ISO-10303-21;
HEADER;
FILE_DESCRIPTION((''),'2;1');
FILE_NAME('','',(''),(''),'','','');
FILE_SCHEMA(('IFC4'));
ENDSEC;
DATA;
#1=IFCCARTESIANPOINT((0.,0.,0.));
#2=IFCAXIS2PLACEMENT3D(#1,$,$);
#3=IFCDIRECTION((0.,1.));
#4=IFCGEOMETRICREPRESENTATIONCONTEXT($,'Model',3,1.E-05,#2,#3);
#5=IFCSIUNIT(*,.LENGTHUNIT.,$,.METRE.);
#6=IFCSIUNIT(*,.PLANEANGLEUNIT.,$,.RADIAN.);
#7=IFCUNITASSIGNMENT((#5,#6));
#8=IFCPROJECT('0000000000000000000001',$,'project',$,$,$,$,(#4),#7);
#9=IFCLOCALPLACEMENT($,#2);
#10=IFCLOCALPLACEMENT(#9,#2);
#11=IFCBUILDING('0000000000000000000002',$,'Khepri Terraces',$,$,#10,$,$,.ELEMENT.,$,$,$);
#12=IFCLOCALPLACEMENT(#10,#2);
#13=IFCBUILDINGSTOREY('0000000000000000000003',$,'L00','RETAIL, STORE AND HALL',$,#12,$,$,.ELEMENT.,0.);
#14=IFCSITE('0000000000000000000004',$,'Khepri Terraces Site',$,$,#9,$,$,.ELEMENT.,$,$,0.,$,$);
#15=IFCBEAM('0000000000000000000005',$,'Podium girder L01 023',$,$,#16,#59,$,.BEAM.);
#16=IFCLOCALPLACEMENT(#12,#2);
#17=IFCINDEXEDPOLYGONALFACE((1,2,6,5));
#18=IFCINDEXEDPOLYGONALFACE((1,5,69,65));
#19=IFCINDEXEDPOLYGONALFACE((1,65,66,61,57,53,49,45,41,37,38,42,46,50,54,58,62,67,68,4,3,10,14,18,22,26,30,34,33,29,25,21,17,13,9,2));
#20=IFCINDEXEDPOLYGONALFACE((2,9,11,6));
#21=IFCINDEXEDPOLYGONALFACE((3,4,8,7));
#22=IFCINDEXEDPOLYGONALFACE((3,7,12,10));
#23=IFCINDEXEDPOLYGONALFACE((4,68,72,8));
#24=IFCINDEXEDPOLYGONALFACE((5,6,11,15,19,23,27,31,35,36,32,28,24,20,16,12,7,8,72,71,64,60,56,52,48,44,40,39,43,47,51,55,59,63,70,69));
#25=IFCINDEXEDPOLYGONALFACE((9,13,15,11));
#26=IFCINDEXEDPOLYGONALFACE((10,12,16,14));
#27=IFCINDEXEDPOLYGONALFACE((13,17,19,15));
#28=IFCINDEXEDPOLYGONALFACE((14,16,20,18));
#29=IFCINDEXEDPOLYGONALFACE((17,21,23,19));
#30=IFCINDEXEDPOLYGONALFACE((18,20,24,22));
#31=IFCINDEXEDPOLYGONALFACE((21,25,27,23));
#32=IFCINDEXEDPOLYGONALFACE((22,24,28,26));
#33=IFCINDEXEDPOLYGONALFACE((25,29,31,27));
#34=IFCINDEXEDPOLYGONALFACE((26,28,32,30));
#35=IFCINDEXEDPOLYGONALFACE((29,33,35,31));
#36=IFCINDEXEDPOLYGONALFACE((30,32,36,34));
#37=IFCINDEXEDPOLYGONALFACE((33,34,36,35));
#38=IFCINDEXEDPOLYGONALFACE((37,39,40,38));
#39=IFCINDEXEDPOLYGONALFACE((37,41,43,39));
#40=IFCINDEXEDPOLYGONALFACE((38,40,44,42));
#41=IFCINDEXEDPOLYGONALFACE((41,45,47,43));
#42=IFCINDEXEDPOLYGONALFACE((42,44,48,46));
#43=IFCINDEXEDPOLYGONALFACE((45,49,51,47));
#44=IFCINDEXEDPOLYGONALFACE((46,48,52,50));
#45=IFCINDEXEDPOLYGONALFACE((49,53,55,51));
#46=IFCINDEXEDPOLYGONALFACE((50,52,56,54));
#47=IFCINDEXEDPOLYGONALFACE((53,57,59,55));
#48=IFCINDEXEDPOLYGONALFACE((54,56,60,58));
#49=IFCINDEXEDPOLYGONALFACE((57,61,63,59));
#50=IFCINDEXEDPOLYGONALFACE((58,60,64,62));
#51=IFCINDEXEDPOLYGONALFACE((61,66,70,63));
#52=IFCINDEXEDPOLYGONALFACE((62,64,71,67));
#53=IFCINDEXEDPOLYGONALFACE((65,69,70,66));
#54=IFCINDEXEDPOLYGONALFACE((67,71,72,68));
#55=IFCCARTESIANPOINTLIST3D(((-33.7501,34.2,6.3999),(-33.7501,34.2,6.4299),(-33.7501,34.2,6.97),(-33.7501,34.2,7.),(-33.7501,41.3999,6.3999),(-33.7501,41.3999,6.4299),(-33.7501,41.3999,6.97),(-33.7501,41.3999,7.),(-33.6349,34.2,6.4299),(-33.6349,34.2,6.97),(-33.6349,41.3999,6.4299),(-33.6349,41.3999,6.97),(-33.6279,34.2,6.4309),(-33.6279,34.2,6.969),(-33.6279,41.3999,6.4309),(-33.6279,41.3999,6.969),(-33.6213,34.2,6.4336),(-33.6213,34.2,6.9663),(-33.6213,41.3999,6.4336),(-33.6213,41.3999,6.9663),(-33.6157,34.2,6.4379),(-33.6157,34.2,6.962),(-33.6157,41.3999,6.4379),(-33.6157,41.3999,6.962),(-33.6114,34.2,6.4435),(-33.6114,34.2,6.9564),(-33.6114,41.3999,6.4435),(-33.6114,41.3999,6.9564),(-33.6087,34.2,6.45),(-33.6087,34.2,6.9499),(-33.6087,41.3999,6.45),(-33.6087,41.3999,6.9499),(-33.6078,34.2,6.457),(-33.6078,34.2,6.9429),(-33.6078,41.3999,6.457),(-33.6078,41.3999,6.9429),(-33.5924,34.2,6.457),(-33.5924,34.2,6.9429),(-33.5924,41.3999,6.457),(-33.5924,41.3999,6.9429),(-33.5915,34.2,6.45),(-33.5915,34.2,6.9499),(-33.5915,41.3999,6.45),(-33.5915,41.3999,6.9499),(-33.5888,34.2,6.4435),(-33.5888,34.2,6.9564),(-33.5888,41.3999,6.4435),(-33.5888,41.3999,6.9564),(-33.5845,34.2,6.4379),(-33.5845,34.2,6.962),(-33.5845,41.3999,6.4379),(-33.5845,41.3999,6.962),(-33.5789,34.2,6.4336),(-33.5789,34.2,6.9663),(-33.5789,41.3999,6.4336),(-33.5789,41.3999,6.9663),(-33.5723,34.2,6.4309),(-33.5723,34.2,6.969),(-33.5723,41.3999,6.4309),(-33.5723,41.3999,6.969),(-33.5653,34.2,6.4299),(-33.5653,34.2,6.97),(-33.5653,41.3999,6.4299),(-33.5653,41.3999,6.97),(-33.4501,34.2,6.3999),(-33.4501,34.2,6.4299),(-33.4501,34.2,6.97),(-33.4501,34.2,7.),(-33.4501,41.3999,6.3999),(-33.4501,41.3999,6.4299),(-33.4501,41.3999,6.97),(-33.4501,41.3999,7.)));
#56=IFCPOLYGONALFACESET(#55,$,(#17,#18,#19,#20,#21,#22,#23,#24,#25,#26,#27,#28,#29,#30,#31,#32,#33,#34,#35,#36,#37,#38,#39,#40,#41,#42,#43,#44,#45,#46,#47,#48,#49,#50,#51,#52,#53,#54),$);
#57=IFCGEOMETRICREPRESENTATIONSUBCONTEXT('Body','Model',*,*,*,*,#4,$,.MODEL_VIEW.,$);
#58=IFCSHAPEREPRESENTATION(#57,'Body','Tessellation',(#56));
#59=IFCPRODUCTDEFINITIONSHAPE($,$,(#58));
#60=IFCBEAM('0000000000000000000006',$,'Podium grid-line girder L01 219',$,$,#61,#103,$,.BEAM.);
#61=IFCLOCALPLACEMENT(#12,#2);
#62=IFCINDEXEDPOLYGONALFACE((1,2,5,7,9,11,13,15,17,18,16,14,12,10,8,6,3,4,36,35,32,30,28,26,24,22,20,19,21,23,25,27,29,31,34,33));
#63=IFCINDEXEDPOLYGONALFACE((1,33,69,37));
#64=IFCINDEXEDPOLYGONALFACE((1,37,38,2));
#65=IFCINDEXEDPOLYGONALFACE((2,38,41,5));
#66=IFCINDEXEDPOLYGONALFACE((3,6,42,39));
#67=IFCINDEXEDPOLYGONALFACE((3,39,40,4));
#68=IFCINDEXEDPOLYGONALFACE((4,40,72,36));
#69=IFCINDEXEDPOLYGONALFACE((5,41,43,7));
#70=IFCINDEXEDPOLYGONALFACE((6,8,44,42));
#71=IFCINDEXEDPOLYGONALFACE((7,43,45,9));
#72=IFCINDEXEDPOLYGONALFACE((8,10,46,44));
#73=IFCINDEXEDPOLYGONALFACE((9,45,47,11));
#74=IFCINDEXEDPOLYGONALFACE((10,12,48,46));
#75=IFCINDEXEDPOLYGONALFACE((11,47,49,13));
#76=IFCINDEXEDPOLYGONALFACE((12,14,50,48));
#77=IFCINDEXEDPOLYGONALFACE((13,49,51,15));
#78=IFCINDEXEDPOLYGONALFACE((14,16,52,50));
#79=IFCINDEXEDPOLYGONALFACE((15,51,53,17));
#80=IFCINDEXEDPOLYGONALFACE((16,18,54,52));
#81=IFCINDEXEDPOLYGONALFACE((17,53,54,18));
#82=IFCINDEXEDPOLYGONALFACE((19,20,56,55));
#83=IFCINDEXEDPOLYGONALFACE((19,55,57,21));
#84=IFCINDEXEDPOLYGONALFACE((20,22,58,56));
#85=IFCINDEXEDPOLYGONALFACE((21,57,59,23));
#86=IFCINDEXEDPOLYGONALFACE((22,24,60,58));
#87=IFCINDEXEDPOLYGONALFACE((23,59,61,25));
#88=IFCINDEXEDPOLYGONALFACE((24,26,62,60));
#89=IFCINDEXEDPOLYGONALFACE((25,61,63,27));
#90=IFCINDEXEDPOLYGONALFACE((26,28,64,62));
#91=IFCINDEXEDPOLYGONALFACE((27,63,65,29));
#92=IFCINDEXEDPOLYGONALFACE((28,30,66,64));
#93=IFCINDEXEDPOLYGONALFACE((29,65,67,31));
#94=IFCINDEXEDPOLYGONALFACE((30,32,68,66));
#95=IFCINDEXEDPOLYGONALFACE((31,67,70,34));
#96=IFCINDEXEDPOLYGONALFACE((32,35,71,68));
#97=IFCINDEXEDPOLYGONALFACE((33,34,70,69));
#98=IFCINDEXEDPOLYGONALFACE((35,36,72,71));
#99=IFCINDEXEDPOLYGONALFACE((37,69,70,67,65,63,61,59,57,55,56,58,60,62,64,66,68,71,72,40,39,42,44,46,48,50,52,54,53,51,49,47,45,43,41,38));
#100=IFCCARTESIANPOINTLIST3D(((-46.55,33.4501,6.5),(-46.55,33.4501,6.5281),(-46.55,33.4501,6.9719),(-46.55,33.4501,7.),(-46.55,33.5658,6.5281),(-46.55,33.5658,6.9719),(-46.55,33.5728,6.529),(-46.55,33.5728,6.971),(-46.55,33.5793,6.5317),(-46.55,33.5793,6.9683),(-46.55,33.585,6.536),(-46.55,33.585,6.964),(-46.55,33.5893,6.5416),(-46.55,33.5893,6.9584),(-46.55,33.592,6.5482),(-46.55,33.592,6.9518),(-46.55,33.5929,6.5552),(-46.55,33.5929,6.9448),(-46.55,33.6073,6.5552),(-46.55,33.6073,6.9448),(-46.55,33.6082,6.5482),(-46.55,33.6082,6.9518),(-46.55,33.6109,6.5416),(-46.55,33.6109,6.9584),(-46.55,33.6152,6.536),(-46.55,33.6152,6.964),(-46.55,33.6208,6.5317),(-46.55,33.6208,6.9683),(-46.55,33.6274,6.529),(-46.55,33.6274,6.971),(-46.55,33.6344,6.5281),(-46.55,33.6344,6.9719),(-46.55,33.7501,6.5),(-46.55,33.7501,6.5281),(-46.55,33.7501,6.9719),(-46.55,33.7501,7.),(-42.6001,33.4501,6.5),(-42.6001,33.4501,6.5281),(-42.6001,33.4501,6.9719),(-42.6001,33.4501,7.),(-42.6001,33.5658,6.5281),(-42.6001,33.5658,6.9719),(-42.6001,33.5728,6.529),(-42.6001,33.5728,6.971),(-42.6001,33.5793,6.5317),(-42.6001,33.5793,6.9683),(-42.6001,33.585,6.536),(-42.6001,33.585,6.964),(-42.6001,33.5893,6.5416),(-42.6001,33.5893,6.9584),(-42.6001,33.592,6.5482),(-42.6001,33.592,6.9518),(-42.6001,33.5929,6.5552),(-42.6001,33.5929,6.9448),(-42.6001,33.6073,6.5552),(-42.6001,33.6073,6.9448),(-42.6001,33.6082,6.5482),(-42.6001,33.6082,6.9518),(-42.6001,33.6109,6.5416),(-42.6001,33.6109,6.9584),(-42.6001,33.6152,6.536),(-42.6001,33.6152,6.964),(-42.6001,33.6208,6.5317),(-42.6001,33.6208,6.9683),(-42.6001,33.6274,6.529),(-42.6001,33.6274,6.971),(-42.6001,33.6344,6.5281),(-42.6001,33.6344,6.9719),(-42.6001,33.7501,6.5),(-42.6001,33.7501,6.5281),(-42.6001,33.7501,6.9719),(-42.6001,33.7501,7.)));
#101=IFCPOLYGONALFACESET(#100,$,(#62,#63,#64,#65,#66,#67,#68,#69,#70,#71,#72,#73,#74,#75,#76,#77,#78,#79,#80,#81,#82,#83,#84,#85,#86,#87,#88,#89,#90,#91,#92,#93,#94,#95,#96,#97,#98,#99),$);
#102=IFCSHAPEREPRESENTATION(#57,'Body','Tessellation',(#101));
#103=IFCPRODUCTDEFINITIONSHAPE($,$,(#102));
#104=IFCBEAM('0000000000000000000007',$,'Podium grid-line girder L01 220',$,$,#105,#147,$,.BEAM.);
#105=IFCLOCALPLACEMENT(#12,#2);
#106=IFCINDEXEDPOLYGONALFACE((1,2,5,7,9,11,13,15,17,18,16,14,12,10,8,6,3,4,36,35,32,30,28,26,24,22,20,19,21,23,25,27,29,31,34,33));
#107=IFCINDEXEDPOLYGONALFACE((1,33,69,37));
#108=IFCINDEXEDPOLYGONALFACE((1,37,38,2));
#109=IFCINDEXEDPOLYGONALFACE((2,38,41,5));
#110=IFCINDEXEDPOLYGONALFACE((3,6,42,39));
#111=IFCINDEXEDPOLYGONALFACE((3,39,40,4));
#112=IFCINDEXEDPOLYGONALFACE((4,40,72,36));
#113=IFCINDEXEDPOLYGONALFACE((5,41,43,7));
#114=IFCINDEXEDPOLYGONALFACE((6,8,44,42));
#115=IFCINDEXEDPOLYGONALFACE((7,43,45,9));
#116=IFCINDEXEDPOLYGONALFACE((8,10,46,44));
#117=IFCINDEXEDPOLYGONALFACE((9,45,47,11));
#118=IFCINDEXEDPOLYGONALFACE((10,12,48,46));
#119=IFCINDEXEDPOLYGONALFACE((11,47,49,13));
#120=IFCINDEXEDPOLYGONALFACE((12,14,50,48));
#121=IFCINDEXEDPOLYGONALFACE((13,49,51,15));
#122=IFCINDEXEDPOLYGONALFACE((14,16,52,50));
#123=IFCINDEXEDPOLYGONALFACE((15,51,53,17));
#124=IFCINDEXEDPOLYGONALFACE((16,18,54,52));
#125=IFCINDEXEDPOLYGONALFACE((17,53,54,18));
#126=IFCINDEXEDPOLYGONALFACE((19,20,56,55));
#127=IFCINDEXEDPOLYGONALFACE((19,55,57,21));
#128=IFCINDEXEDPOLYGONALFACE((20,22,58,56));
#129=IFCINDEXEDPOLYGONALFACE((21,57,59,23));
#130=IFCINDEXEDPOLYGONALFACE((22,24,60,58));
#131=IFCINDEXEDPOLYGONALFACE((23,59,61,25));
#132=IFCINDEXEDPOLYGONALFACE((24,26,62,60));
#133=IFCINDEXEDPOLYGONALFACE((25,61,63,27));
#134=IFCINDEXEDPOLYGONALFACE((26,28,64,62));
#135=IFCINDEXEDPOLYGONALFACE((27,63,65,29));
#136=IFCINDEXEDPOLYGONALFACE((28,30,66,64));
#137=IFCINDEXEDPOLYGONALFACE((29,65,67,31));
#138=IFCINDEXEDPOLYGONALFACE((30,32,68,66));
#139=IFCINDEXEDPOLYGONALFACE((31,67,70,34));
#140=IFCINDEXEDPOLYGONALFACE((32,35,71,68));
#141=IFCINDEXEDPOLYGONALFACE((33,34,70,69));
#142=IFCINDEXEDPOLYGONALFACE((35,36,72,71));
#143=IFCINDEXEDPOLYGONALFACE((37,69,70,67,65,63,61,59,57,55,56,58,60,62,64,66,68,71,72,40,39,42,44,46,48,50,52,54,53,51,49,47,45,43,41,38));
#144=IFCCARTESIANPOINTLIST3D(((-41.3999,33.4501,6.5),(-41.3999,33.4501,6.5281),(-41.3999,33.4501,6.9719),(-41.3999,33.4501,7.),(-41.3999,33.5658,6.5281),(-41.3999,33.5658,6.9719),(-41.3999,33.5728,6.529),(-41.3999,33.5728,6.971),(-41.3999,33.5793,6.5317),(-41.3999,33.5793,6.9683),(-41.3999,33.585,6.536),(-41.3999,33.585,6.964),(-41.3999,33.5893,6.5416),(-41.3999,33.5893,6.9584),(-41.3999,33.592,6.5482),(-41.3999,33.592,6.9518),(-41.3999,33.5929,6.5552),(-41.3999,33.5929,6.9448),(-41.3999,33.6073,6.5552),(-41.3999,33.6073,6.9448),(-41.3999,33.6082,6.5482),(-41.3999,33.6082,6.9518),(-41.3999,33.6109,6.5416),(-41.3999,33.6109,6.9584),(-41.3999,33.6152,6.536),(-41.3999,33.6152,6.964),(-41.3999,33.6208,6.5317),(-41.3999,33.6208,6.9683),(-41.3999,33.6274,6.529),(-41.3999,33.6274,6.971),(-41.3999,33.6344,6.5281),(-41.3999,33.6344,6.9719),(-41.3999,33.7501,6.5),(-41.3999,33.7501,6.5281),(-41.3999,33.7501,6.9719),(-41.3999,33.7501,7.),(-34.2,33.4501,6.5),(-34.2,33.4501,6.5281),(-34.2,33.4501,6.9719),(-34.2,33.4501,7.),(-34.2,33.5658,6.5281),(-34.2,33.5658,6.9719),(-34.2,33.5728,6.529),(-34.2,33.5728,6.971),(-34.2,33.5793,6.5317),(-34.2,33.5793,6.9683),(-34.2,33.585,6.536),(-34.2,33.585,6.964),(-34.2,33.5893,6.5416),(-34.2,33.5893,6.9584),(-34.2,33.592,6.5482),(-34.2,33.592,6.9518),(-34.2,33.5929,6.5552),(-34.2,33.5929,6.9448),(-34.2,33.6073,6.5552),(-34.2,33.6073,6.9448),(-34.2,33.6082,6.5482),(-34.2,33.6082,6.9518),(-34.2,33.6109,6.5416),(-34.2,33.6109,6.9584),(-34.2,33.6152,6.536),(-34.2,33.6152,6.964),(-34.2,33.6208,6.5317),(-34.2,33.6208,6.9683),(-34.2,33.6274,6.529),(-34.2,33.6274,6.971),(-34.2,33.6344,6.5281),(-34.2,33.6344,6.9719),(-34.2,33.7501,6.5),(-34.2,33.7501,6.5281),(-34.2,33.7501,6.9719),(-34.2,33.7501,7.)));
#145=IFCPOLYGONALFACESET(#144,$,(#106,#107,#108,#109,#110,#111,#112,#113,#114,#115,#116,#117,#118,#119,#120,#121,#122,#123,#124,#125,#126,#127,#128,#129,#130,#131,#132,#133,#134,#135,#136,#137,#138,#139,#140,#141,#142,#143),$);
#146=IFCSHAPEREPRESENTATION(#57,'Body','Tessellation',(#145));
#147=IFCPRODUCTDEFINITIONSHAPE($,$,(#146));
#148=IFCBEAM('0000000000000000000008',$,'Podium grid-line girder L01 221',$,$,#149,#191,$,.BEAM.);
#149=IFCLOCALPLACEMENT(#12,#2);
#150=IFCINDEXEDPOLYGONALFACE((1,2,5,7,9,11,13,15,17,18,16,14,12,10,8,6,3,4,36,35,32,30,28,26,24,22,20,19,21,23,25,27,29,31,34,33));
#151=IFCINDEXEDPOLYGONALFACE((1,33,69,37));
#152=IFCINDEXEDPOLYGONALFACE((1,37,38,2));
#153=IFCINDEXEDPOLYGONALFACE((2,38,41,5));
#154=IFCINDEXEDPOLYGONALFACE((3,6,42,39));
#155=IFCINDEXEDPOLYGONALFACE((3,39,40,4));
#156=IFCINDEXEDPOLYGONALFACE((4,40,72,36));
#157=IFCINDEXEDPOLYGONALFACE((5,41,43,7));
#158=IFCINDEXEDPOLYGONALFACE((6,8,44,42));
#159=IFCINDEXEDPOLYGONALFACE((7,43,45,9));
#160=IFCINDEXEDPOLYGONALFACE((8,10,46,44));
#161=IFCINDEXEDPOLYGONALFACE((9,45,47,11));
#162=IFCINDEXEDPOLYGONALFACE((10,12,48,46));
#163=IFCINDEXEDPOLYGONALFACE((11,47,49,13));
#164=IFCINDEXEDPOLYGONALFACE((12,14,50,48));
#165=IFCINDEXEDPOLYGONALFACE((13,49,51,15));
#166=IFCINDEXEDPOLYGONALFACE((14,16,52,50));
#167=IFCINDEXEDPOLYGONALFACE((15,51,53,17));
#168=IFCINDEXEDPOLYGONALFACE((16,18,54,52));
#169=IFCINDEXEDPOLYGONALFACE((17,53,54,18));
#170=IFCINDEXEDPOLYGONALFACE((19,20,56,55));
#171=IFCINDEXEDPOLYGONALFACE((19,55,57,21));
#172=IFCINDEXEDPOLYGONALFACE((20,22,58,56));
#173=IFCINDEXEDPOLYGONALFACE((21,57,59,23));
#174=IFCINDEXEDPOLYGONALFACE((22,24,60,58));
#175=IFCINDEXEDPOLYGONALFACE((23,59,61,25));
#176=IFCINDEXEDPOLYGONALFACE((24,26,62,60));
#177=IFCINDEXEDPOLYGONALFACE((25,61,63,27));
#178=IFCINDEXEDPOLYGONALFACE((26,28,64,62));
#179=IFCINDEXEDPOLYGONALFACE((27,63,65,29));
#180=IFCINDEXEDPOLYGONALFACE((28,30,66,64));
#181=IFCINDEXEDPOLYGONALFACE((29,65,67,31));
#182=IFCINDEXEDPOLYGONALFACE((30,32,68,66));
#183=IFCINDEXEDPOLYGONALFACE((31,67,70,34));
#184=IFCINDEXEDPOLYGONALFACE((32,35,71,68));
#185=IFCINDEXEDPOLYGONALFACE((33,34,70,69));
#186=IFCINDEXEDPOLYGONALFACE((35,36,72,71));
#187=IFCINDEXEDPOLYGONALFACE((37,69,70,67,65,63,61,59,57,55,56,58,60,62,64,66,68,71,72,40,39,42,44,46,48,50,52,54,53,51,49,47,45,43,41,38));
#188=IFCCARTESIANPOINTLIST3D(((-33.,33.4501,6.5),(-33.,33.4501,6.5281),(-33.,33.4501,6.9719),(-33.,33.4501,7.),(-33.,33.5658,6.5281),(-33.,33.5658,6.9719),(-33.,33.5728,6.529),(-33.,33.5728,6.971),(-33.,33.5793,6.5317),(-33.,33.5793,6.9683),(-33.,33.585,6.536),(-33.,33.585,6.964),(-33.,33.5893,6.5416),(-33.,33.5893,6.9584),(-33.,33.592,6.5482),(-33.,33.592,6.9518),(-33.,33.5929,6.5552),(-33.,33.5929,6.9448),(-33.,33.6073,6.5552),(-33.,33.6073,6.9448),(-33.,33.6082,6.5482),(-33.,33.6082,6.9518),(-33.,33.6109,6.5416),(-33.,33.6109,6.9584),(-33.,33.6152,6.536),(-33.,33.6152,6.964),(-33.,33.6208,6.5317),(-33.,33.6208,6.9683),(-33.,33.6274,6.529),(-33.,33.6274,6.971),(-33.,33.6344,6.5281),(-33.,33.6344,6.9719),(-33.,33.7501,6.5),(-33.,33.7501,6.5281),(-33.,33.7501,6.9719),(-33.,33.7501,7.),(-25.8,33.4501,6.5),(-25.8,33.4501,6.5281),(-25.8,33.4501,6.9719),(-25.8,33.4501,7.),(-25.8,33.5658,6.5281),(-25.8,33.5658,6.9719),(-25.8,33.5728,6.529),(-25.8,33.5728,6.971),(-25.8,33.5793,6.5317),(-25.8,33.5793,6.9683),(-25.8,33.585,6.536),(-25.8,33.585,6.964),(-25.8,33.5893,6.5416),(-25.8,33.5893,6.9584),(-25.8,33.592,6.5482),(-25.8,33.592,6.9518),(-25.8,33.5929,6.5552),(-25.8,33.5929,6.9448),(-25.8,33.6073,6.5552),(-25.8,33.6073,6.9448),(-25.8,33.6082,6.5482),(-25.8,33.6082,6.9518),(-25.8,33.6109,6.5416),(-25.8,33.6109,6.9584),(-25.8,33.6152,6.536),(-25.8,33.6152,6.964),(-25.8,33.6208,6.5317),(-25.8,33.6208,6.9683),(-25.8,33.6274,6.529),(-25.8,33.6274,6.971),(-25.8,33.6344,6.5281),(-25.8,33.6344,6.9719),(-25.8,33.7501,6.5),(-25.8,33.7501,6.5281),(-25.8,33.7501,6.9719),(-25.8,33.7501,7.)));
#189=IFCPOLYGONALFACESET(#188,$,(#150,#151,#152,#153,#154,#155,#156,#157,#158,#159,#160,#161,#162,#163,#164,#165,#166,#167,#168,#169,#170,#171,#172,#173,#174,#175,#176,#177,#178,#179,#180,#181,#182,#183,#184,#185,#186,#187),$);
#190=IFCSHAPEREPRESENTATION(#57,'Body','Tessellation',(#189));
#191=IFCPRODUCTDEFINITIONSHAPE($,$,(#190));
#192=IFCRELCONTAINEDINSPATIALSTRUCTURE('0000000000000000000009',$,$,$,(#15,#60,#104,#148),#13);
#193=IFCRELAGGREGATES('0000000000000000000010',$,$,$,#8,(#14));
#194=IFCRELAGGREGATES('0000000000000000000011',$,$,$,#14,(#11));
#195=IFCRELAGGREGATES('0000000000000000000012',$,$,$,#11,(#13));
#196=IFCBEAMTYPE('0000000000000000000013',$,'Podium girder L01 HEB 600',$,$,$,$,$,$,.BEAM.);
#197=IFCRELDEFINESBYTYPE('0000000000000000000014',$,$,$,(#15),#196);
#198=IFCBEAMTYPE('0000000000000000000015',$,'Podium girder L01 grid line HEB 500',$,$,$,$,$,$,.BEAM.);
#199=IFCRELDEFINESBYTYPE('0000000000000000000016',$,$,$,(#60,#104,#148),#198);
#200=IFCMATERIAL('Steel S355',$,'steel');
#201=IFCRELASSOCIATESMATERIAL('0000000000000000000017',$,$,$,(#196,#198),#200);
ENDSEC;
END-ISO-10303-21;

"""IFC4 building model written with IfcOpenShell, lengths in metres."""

from ifc_helpers import new_model, si_unit, direction, frame, origin, origin_2d, place, context, subcontext, project, spatial, i_section, extrude, material, material_profile, profile_set, type_object, element, save


model = new_model("IFC4")

# Units and contexts
model_context = context("Model", 3, precision=1e-05, world=origin(), true_north=direction((0.0, 1.0)))
body_context = subcontext(model_context, "Body", "Model", "MODEL_VIEW")
ifc_project = project(units=[si_unit("LENGTHUNIT", "METRE"), si_unit("PLANEANGLEUNIT", "RADIAN")], contexts=[model_context])

# Site, building, storey
site_placement = place(None, origin())
site = spatial("IfcSite", under=ifc_project, at=site_placement, Name="Khepri Terraces Site", CompositionType="ELEMENT", RefElevation=0.0)
building_placement = place(site_placement, origin())
building = spatial("IfcBuilding", under=site, at=building_placement, Name="Khepri Terraces", CompositionType="ELEMENT")
storey_placement = place(building_placement, origin())
storey = spatial("IfcBuildingStorey", under=building, at=storey_placement, Name="L00", Description="RETAIL, STORE AND HALL", CompositionType="ELEMENT", Elevation=0.0)

# Beams
ifc_material_1 = material(Name="Steel S355", Category="steel")
ifc_material_profile_1 = material_profile(ifc_material_1, i_section(OverallWidth=0.3, OverallDepth=0.6001, WebThickness=0.0154, FlangeThickness=0.03, FilletRadius=0.0271, at=origin_2d()), Name="Steel S355", Category="steel")
ifc_profile_set_1 = profile_set([ifc_material_profile_1], Name="Steel S355")
beam_type_1 = type_object("IfcBeamType", Name="Podium girder L01 HEB 600", PredefinedType="BEAM", material=ifc_profile_set_1)
for number, where, z_axis, x_axis, name in (
    (1, (-33.6001, 34.2, 6.7), (0.0, 1.0, 0.0), (-1.0, 0.0, 0.0), "Podium girder L01 023"),
):
    element("IfcBeam", number, at=place(storey_placement, frame(where, z_axis=z_axis, x_axis=x_axis)), inside=storey, type_object=beam_type_1, Name=name, PredefinedType="BEAM", context=body_context, shape_type="SweptSolid", body=[
        extrude(i_section(OverallWidth=0.3, OverallDepth=0.6001, WebThickness=0.0154, FlangeThickness=0.03, FilletRadius=0.0271, at=origin_2d()), origin(), (0.0, 0.0, 1.0), 7.2),
    ])
ifc_material_profile_2 = material_profile(ifc_material_1, i_section(OverallWidth=0.3, OverallDepth=0.5, WebThickness=0.0144, FlangeThickness=0.0281, FilletRadius=0.0271, at=origin_2d()), Name="Steel S355", Category="steel")
ifc_profile_set_2 = profile_set([ifc_material_profile_2], Name="Steel S355")
beam_type_2 = type_object("IfcBeamType", Name="Podium girder L01 grid line HEB 500", PredefinedType="BEAM", material=ifc_profile_set_2)
beam_1_placement = place(storey_placement, frame((-46.55, 33.6001, 6.75), z_axis=(1.0, 0.0, 0.0), x_axis=(0.0, 1.0, 0.0)))
element("IfcBeam", 2, at=beam_1_placement, inside=storey, type_object=beam_type_2, Name="Podium grid-line girder L01 219", PredefinedType="BEAM", context=body_context, shape_type="SweptSolid", body=[
    extrude(i_section(OverallWidth=0.3, OverallDepth=0.5, WebThickness=0.0144, FlangeThickness=0.0281, FilletRadius=0.0271, at=origin_2d()), origin(), (0.0, 0.0, 1.0), 3.95),
])
for number, where, z_axis, x_axis, name in (
    (3, (-41.3999, 33.6001, 6.75), (1.0, 0.0, 0.0), (0.0, 1.0, 0.0), "Podium grid-line girder L01 220"),
    (4, (-33.0, 33.6001, 6.75), (1.0, 0.0, 0.0), (0.0, 1.0, 0.0), "Podium grid-line girder L01 221"),
):
    element("IfcBeam", number, at=place(storey_placement, frame(where, z_axis=z_axis, x_axis=x_axis)), inside=storey, type_object=beam_type_2, Name=name, PredefinedType="BEAM", context=body_context, shape_type="SweptSolid", body=[
        extrude(i_section(OverallWidth=0.3, OverallDepth=0.5, WebThickness=0.0144, FlangeThickness=0.0281, FilletRadius=0.0271, at=origin_2d()), origin(), (0.0, 0.0, 1.0), 7.2),
    ])

save(model, "model.ifc")
